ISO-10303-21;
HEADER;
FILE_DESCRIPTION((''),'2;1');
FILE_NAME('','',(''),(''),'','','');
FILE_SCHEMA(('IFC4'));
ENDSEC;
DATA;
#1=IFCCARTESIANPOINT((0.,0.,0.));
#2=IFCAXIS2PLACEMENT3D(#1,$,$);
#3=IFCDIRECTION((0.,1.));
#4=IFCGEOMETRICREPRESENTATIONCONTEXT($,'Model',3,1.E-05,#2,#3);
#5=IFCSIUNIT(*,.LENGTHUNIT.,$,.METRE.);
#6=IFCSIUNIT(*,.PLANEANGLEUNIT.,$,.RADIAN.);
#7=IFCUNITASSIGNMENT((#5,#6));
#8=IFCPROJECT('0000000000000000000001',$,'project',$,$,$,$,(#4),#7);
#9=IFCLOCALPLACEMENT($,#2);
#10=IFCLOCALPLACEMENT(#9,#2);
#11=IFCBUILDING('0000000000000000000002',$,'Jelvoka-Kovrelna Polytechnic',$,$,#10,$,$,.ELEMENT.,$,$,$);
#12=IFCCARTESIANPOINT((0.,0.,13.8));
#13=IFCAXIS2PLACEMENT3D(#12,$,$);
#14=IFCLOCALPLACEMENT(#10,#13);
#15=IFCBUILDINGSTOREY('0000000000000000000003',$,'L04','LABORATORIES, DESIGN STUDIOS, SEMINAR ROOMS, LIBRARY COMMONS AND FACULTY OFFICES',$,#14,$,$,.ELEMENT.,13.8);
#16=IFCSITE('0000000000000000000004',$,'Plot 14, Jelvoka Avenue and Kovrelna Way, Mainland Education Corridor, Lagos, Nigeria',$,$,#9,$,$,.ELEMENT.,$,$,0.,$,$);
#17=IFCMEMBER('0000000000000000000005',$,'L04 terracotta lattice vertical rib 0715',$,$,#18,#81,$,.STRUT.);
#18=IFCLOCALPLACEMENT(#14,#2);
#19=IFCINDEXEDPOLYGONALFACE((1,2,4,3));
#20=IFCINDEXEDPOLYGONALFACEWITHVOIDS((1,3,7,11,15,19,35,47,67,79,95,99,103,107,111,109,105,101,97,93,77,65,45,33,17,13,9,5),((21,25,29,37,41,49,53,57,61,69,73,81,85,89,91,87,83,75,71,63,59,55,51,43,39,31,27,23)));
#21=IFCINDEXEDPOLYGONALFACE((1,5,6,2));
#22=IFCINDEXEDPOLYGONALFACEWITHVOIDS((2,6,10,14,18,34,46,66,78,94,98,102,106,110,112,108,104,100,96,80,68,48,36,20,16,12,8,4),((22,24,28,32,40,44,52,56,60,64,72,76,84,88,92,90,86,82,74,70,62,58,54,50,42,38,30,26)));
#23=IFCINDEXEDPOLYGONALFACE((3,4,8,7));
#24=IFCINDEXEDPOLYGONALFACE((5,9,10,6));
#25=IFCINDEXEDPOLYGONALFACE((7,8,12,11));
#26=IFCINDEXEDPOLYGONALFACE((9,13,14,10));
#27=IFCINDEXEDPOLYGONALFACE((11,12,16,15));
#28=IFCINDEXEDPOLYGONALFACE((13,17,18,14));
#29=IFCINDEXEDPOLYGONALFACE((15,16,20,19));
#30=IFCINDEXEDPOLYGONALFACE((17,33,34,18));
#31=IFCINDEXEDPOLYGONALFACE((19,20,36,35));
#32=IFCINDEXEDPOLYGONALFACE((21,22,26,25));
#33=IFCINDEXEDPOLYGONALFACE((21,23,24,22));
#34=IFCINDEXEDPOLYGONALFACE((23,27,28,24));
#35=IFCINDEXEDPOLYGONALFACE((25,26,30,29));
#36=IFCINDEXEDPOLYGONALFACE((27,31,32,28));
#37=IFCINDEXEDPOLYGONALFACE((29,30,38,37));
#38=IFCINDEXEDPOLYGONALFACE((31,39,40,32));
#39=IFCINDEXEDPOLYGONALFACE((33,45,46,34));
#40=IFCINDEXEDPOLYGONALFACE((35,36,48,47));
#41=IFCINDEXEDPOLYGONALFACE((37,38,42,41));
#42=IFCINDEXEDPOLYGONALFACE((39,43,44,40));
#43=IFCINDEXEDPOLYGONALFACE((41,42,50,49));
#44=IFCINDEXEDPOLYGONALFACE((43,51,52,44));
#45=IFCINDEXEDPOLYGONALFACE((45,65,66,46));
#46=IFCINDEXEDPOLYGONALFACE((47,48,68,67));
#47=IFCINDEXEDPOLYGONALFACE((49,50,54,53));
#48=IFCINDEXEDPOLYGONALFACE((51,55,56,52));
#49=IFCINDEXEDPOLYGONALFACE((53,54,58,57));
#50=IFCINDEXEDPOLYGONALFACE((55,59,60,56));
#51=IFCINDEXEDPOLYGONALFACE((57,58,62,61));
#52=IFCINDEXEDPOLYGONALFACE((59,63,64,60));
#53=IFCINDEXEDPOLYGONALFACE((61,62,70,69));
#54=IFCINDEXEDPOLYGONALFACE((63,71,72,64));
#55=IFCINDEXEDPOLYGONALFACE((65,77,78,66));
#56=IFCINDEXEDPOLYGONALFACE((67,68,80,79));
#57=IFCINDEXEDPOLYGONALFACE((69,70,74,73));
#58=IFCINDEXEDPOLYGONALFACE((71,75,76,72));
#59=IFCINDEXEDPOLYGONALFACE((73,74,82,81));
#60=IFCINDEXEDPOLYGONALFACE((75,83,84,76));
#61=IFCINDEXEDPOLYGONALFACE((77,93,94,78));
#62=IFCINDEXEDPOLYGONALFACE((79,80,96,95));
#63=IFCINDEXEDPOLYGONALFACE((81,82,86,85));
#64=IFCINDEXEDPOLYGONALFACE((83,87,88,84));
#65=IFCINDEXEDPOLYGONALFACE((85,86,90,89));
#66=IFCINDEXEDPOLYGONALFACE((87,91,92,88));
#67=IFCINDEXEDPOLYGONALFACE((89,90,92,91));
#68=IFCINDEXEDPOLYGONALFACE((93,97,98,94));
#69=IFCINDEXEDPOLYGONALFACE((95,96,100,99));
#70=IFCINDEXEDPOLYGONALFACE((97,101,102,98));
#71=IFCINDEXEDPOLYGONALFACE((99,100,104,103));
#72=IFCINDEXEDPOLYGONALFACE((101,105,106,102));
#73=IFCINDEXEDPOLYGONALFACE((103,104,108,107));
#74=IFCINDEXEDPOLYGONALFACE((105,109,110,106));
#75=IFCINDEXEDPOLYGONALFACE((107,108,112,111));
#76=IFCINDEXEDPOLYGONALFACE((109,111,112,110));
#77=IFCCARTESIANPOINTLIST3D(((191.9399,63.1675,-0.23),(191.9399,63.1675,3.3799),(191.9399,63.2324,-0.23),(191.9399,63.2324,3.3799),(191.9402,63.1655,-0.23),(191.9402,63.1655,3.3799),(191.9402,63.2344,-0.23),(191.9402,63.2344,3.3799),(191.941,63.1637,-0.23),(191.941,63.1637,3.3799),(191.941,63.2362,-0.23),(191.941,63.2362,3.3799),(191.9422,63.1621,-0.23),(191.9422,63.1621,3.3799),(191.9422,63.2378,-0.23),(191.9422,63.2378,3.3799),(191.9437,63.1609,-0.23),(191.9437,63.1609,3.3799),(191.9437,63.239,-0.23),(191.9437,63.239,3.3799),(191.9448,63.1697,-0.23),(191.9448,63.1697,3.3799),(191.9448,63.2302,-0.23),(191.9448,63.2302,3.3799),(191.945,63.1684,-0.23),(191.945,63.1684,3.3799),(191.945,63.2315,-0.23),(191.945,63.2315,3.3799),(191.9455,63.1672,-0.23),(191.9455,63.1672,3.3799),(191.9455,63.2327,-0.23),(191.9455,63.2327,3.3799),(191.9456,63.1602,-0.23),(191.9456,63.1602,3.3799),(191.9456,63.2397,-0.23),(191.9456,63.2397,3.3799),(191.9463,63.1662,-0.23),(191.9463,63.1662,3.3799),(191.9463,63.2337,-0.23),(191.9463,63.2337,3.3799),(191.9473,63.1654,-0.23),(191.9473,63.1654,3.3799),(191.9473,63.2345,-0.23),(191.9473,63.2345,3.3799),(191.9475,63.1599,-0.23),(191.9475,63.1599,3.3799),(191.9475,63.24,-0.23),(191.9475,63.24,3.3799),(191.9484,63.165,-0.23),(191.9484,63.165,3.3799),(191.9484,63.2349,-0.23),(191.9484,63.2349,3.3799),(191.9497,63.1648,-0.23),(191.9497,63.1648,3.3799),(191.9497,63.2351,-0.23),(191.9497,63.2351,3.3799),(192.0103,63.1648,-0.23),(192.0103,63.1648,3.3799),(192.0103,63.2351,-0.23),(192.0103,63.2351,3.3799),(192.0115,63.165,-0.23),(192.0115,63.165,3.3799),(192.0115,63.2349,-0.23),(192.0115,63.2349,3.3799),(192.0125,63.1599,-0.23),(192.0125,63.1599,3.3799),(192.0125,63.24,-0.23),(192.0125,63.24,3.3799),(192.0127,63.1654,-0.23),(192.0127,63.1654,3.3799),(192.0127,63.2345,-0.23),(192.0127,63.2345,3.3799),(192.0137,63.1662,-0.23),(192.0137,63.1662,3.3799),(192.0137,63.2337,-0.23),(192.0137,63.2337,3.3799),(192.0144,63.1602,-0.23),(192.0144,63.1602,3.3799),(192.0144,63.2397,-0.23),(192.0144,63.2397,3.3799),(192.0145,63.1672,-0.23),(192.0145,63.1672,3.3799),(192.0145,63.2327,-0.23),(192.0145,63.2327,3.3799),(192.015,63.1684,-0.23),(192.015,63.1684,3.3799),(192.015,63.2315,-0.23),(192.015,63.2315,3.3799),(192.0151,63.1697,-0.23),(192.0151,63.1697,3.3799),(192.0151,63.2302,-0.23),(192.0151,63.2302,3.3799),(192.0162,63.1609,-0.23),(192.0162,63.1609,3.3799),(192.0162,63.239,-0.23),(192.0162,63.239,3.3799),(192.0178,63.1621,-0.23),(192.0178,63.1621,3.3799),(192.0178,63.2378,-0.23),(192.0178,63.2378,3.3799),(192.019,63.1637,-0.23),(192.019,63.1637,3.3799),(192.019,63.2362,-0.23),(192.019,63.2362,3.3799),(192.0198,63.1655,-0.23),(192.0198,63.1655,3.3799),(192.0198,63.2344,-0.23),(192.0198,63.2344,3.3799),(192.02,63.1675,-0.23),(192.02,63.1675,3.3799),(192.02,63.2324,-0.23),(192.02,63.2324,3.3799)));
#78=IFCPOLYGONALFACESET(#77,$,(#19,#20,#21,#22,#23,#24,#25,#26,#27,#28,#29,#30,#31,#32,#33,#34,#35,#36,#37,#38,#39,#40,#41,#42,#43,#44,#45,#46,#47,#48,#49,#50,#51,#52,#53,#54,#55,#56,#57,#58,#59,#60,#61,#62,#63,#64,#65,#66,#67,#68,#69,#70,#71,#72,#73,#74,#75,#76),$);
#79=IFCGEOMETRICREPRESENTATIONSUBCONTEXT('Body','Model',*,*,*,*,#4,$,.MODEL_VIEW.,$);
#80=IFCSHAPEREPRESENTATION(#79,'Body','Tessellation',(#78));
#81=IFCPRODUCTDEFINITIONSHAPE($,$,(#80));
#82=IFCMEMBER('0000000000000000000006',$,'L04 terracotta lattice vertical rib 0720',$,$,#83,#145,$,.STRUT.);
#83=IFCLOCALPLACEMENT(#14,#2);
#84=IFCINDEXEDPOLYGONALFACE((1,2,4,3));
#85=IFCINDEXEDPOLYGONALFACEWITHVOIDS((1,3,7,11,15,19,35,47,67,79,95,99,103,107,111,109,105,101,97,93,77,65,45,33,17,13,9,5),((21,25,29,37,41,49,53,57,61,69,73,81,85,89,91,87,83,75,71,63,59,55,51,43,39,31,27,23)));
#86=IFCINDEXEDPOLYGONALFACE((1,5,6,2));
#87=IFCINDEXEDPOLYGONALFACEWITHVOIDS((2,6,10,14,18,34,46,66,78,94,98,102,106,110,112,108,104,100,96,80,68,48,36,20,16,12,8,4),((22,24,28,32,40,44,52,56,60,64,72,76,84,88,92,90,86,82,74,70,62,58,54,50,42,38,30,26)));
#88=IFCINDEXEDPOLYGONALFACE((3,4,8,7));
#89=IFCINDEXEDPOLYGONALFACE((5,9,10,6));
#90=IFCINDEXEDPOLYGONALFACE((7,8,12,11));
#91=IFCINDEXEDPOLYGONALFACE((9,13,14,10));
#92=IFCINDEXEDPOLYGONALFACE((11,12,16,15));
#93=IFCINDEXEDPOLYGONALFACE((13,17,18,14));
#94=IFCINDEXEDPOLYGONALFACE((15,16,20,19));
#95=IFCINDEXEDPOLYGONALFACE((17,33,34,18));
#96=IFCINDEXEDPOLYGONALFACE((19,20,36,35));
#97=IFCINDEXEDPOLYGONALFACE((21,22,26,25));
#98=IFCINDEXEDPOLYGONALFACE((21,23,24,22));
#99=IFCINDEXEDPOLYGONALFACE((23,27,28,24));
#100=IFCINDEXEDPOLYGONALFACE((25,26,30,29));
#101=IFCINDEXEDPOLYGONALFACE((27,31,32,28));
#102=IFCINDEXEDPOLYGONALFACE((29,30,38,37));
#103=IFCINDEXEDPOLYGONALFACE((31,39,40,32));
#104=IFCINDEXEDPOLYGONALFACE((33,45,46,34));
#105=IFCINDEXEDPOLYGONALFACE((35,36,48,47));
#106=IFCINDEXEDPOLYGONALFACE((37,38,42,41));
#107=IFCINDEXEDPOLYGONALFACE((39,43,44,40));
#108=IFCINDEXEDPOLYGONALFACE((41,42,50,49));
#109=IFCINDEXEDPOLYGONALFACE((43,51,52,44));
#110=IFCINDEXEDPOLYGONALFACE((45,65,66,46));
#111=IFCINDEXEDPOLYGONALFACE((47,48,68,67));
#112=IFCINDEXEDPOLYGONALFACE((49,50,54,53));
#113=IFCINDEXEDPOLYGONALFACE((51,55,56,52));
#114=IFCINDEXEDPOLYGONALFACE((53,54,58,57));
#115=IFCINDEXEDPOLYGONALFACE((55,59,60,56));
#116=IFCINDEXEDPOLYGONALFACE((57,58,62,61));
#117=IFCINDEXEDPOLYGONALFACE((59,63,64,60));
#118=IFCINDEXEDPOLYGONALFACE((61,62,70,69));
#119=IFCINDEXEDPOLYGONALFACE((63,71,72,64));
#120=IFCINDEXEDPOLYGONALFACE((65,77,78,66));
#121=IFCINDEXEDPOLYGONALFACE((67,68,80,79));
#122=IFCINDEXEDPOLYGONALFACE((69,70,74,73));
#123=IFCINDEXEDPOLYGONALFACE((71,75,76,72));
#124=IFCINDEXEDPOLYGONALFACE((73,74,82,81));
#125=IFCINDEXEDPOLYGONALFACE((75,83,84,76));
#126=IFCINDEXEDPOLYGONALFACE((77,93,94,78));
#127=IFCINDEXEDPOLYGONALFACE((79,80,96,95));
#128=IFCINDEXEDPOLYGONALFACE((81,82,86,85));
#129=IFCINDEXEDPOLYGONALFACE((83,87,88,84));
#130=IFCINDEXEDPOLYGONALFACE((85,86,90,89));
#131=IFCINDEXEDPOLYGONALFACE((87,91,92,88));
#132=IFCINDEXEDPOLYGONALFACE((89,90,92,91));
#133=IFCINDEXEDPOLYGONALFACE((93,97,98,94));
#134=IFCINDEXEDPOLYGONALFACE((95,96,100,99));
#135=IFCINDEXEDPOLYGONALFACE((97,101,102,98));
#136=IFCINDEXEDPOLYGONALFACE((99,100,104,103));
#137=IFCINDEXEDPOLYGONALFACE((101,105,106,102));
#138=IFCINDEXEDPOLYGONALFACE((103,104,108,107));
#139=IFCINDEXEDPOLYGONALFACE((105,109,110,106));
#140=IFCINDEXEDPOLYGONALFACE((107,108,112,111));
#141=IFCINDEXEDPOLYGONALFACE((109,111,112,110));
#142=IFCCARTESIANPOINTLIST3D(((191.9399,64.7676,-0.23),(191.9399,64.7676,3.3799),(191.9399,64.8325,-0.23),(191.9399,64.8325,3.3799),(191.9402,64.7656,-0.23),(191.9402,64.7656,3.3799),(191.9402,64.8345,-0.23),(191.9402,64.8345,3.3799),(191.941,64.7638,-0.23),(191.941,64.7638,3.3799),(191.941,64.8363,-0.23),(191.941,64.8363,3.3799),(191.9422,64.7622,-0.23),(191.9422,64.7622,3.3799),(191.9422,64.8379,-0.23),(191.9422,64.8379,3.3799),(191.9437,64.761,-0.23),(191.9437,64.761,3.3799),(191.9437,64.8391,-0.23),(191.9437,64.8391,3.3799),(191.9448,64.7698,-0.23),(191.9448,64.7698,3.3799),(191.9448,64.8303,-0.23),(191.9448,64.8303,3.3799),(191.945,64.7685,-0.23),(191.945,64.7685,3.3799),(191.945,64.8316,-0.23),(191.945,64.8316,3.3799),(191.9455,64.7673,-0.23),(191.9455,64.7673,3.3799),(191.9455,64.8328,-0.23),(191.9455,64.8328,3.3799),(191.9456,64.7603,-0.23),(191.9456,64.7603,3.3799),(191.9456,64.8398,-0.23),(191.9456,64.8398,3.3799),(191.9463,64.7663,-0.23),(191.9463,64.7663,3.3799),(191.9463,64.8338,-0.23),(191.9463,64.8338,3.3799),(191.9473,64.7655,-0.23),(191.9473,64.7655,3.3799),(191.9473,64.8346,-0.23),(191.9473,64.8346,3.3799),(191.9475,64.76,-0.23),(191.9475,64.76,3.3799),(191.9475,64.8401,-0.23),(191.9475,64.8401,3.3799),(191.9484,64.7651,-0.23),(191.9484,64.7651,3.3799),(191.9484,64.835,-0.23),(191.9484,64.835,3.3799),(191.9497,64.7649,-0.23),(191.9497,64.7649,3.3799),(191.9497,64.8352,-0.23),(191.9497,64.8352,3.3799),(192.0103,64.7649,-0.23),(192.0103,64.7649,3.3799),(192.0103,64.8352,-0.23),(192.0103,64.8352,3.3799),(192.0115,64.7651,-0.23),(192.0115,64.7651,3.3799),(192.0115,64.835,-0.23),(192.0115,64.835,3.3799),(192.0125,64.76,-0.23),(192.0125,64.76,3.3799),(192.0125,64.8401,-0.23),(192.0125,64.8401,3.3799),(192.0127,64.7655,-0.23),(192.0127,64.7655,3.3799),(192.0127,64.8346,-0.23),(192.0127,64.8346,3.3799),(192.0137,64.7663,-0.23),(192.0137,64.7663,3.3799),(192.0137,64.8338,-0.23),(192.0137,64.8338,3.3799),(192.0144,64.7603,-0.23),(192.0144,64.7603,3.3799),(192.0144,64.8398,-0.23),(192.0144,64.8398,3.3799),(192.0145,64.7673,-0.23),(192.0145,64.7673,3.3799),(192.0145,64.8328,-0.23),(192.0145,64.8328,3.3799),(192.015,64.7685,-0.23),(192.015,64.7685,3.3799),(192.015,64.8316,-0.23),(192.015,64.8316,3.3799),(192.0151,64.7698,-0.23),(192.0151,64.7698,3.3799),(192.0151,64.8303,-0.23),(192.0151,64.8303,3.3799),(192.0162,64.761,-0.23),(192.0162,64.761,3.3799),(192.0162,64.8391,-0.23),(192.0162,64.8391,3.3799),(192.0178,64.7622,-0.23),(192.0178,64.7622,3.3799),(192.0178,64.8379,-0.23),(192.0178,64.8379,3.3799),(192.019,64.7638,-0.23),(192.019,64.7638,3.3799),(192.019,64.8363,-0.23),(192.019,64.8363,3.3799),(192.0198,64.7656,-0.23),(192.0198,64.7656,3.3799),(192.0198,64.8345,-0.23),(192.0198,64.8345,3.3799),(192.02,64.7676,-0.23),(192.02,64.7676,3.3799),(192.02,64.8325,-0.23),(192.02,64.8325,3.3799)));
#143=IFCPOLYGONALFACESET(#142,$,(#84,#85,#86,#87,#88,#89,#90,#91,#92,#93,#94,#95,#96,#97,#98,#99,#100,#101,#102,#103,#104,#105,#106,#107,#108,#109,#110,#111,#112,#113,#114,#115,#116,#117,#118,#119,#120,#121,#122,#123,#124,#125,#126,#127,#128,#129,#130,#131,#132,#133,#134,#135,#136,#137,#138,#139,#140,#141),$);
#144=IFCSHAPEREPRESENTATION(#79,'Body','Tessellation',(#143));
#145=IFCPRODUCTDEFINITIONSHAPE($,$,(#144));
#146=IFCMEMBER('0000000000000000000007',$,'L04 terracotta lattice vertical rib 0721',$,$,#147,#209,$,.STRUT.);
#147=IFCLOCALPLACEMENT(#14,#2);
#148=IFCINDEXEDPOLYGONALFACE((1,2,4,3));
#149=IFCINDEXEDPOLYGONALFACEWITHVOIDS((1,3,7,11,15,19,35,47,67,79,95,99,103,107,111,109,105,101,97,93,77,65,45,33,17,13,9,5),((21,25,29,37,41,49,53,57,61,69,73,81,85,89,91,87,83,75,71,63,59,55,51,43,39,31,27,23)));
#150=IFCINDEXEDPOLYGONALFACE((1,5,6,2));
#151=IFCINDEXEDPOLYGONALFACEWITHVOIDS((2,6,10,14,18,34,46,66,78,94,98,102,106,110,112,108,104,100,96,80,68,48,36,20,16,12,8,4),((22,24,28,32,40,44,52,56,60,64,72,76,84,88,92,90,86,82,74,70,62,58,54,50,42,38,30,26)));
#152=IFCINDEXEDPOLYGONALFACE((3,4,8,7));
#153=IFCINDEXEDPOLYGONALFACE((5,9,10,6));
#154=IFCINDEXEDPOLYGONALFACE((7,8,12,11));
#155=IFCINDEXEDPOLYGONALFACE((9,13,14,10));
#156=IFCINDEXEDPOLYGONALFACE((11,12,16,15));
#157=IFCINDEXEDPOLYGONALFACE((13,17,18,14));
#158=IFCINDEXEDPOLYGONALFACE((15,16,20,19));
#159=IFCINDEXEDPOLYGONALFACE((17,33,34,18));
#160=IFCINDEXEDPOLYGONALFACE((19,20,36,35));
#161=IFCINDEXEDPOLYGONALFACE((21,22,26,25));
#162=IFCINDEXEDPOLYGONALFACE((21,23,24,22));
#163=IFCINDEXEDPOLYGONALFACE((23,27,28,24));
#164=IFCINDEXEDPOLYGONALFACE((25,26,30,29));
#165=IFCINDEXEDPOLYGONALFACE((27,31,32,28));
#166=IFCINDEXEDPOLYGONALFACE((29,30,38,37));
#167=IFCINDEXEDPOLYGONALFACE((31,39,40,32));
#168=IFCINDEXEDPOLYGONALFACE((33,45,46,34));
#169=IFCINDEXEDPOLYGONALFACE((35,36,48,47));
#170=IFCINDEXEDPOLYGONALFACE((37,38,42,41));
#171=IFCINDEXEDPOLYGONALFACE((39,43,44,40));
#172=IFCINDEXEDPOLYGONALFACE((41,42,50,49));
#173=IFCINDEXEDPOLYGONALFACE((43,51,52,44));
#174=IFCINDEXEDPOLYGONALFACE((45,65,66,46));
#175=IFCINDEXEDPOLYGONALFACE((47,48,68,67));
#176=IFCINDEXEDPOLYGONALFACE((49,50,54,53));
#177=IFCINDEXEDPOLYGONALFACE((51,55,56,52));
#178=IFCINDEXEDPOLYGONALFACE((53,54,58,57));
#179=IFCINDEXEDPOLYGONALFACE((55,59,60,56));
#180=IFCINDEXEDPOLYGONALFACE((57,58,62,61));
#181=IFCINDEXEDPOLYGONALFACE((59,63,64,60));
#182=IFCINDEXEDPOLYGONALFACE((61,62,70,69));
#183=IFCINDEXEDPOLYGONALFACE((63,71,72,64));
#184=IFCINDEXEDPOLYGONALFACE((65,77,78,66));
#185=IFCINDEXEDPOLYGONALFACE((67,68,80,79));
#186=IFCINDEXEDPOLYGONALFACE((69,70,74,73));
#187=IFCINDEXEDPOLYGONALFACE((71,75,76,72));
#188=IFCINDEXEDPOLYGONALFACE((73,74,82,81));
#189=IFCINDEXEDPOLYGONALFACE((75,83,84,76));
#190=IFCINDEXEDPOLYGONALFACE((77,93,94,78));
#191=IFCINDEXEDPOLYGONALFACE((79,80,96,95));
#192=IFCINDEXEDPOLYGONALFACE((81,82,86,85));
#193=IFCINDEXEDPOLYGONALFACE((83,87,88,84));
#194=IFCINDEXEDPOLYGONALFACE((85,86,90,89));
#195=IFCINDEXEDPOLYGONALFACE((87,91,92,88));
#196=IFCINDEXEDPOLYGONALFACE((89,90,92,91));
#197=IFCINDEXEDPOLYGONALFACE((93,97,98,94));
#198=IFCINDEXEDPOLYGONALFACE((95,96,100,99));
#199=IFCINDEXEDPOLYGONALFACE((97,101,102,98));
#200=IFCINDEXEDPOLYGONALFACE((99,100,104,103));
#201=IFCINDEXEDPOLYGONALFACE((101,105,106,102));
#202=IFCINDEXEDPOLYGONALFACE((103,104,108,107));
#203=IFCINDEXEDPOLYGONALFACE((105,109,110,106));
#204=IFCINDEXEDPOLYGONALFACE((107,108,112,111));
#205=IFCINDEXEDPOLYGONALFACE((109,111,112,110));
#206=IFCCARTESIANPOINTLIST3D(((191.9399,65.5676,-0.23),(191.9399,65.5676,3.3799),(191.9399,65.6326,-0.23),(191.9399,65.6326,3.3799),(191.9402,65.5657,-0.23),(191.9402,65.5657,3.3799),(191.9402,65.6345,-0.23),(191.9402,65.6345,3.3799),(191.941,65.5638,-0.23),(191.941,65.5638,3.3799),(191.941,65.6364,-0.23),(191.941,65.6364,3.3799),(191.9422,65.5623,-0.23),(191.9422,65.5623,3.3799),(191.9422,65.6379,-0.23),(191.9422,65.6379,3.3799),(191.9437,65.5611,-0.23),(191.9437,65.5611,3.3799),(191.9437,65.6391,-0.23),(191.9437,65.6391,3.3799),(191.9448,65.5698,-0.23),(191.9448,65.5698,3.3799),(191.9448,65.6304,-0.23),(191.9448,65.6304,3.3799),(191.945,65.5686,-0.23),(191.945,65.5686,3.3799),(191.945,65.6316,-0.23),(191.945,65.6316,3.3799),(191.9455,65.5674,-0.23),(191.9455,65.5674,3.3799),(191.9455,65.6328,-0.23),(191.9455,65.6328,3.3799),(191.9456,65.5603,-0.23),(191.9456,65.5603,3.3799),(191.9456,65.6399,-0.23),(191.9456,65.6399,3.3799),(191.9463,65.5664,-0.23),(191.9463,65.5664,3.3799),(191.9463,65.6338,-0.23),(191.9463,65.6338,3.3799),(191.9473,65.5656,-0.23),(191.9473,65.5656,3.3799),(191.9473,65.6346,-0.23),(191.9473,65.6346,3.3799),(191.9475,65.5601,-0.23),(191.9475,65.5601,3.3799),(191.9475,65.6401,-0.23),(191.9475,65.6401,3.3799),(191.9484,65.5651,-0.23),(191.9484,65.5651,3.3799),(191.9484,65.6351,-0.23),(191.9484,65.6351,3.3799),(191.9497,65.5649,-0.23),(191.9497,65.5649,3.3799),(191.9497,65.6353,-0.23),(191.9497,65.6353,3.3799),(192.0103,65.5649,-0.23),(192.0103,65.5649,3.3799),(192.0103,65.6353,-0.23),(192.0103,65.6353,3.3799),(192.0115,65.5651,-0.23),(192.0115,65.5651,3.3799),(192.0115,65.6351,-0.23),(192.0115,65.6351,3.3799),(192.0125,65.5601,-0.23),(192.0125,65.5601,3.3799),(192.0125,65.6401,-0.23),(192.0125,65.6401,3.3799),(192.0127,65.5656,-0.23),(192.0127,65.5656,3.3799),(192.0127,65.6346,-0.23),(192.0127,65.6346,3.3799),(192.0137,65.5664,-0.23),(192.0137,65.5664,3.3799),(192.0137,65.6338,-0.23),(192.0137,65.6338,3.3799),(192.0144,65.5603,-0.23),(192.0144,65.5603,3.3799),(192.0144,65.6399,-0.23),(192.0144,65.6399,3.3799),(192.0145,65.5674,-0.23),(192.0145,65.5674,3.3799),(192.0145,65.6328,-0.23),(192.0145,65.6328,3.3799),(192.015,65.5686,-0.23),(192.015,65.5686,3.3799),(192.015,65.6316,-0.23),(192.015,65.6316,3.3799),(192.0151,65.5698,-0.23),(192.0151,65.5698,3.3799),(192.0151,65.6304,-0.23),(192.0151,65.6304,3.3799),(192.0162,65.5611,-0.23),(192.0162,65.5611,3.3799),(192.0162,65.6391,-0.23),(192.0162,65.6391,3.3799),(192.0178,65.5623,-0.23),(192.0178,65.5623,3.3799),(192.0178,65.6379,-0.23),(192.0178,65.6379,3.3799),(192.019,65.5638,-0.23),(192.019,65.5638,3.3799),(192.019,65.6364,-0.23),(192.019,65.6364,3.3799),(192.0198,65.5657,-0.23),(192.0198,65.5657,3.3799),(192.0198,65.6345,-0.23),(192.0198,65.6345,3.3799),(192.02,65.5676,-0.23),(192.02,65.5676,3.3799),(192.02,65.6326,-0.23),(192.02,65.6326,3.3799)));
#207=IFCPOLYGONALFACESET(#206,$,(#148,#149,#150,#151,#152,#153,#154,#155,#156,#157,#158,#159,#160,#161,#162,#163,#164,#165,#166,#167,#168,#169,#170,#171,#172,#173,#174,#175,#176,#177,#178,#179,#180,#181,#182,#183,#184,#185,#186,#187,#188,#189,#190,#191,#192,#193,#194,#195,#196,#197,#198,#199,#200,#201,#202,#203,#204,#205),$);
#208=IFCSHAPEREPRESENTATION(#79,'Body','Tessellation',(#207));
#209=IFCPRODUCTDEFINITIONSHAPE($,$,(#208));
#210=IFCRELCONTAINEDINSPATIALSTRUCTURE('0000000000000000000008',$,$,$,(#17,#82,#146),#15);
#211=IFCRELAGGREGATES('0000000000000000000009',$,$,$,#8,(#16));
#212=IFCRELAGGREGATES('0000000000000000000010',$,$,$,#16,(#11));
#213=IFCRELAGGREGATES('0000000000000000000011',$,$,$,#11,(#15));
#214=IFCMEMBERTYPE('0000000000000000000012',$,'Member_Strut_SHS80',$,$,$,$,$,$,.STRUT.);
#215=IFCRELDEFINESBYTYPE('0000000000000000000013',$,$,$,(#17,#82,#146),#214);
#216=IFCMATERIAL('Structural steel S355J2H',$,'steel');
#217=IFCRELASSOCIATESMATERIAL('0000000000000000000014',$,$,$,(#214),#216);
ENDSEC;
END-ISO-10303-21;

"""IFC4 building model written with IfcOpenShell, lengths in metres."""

from ifc_helpers import new_model, si_unit, direction, frame, origin, origin_2d, place, context, subcontext, project, spatial, hollow_rectangle, extrude, material, material_profile, profile_set, type_object, element, save


model = new_model("IFC4")

# Units and contexts
model_context = context("Model", 3, precision=1e-05, world=origin(), true_north=direction((0.0, 1.0)))
body_context = subcontext(model_context, "Body", "Model", "MODEL_VIEW")
ifc_project = project(units=[si_unit("LENGTHUNIT", "METRE"), si_unit("PLANEANGLEUNIT", "RADIAN")], contexts=[model_context])

# Site, building, storey
site_placement = place(None, origin())
site = spatial("IfcSite", under=ifc_project, at=site_placement, Name="Plot 14, Jelvoka Avenue and Kovrelna Way, Mainland Education Corridor, Lagos, Nigeria", CompositionType="ELEMENT", RefElevation=0.0)
building_placement = place(site_placement, origin())
building = spatial("IfcBuilding", under=site, at=building_placement, Name="Jelvoka-Kovrelna Polytechnic", CompositionType="ELEMENT")
storey_placement = place(building_placement, frame((0.0, 0.0, 13.8)))
storey = spatial("IfcBuildingStorey", under=building, at=storey_placement, Name="L04", Description="LABORATORIES, DESIGN STUDIOS, SEMINAR ROOMS, LIBRARY COMMONS AND FACULTY OFFICES", CompositionType="ELEMENT", Elevation=13.8)

# Members
ifc_material_1 = material(Name="Structural steel S355J2H", Category="steel")
ifc_material_profile_1 = material_profile(ifc_material_1, hollow_rectangle(XDim=0.0801, YDim=0.0801, WallThickness=0.0049, InnerFilletRadius=0.0049, OuterFilletRadius=0.0076, at=origin_2d()), Name="80x80x5.0 SHS")
ifc_profile_set_1 = profile_set([ifc_material_profile_1], Name="Structural steel S355J2H")
member_type_1 = type_object("IfcMemberType", Name="Member_Strut_SHS80", PredefinedType="STRUT", material=ifc_profile_set_1)
for number, where, z_axis, x_axis, name in (
    (1, (191.98, 63.2, -0.23), (0.0, 0.0, 1.0), (1.0, 0.0, 0.0), "L04 terracotta lattice vertical rib 0715"),
    (2, (191.98, 64.8, -0.23), (0.0, 0.0, 1.0), (1.0, 0.0, 0.0), "L04 terracotta lattice vertical rib 0720"),
    (3, (191.98, 65.6001, -0.23), (0.0, 0.0, 1.0), (1.0, 0.0, 0.0), "L04 terracotta lattice vertical rib 0721"),
):
    element("IfcMember", number, at=place(storey_placement, frame(where, z_axis=z_axis, x_axis=x_axis)), inside=storey, type_object=member_type_1, Name=name, PredefinedType="STRUT", context=body_context, shape_type="SweptSolid", body=[
        extrude(hollow_rectangle(XDim=0.0801, YDim=0.0801, WallThickness=0.0049, InnerFilletRadius=0.0049, OuterFilletRadius=0.0076, at=origin_2d()), origin(), (0.0, 0.0, 1.0), 3.6099),
    ])

save(model, "model.ifc")
